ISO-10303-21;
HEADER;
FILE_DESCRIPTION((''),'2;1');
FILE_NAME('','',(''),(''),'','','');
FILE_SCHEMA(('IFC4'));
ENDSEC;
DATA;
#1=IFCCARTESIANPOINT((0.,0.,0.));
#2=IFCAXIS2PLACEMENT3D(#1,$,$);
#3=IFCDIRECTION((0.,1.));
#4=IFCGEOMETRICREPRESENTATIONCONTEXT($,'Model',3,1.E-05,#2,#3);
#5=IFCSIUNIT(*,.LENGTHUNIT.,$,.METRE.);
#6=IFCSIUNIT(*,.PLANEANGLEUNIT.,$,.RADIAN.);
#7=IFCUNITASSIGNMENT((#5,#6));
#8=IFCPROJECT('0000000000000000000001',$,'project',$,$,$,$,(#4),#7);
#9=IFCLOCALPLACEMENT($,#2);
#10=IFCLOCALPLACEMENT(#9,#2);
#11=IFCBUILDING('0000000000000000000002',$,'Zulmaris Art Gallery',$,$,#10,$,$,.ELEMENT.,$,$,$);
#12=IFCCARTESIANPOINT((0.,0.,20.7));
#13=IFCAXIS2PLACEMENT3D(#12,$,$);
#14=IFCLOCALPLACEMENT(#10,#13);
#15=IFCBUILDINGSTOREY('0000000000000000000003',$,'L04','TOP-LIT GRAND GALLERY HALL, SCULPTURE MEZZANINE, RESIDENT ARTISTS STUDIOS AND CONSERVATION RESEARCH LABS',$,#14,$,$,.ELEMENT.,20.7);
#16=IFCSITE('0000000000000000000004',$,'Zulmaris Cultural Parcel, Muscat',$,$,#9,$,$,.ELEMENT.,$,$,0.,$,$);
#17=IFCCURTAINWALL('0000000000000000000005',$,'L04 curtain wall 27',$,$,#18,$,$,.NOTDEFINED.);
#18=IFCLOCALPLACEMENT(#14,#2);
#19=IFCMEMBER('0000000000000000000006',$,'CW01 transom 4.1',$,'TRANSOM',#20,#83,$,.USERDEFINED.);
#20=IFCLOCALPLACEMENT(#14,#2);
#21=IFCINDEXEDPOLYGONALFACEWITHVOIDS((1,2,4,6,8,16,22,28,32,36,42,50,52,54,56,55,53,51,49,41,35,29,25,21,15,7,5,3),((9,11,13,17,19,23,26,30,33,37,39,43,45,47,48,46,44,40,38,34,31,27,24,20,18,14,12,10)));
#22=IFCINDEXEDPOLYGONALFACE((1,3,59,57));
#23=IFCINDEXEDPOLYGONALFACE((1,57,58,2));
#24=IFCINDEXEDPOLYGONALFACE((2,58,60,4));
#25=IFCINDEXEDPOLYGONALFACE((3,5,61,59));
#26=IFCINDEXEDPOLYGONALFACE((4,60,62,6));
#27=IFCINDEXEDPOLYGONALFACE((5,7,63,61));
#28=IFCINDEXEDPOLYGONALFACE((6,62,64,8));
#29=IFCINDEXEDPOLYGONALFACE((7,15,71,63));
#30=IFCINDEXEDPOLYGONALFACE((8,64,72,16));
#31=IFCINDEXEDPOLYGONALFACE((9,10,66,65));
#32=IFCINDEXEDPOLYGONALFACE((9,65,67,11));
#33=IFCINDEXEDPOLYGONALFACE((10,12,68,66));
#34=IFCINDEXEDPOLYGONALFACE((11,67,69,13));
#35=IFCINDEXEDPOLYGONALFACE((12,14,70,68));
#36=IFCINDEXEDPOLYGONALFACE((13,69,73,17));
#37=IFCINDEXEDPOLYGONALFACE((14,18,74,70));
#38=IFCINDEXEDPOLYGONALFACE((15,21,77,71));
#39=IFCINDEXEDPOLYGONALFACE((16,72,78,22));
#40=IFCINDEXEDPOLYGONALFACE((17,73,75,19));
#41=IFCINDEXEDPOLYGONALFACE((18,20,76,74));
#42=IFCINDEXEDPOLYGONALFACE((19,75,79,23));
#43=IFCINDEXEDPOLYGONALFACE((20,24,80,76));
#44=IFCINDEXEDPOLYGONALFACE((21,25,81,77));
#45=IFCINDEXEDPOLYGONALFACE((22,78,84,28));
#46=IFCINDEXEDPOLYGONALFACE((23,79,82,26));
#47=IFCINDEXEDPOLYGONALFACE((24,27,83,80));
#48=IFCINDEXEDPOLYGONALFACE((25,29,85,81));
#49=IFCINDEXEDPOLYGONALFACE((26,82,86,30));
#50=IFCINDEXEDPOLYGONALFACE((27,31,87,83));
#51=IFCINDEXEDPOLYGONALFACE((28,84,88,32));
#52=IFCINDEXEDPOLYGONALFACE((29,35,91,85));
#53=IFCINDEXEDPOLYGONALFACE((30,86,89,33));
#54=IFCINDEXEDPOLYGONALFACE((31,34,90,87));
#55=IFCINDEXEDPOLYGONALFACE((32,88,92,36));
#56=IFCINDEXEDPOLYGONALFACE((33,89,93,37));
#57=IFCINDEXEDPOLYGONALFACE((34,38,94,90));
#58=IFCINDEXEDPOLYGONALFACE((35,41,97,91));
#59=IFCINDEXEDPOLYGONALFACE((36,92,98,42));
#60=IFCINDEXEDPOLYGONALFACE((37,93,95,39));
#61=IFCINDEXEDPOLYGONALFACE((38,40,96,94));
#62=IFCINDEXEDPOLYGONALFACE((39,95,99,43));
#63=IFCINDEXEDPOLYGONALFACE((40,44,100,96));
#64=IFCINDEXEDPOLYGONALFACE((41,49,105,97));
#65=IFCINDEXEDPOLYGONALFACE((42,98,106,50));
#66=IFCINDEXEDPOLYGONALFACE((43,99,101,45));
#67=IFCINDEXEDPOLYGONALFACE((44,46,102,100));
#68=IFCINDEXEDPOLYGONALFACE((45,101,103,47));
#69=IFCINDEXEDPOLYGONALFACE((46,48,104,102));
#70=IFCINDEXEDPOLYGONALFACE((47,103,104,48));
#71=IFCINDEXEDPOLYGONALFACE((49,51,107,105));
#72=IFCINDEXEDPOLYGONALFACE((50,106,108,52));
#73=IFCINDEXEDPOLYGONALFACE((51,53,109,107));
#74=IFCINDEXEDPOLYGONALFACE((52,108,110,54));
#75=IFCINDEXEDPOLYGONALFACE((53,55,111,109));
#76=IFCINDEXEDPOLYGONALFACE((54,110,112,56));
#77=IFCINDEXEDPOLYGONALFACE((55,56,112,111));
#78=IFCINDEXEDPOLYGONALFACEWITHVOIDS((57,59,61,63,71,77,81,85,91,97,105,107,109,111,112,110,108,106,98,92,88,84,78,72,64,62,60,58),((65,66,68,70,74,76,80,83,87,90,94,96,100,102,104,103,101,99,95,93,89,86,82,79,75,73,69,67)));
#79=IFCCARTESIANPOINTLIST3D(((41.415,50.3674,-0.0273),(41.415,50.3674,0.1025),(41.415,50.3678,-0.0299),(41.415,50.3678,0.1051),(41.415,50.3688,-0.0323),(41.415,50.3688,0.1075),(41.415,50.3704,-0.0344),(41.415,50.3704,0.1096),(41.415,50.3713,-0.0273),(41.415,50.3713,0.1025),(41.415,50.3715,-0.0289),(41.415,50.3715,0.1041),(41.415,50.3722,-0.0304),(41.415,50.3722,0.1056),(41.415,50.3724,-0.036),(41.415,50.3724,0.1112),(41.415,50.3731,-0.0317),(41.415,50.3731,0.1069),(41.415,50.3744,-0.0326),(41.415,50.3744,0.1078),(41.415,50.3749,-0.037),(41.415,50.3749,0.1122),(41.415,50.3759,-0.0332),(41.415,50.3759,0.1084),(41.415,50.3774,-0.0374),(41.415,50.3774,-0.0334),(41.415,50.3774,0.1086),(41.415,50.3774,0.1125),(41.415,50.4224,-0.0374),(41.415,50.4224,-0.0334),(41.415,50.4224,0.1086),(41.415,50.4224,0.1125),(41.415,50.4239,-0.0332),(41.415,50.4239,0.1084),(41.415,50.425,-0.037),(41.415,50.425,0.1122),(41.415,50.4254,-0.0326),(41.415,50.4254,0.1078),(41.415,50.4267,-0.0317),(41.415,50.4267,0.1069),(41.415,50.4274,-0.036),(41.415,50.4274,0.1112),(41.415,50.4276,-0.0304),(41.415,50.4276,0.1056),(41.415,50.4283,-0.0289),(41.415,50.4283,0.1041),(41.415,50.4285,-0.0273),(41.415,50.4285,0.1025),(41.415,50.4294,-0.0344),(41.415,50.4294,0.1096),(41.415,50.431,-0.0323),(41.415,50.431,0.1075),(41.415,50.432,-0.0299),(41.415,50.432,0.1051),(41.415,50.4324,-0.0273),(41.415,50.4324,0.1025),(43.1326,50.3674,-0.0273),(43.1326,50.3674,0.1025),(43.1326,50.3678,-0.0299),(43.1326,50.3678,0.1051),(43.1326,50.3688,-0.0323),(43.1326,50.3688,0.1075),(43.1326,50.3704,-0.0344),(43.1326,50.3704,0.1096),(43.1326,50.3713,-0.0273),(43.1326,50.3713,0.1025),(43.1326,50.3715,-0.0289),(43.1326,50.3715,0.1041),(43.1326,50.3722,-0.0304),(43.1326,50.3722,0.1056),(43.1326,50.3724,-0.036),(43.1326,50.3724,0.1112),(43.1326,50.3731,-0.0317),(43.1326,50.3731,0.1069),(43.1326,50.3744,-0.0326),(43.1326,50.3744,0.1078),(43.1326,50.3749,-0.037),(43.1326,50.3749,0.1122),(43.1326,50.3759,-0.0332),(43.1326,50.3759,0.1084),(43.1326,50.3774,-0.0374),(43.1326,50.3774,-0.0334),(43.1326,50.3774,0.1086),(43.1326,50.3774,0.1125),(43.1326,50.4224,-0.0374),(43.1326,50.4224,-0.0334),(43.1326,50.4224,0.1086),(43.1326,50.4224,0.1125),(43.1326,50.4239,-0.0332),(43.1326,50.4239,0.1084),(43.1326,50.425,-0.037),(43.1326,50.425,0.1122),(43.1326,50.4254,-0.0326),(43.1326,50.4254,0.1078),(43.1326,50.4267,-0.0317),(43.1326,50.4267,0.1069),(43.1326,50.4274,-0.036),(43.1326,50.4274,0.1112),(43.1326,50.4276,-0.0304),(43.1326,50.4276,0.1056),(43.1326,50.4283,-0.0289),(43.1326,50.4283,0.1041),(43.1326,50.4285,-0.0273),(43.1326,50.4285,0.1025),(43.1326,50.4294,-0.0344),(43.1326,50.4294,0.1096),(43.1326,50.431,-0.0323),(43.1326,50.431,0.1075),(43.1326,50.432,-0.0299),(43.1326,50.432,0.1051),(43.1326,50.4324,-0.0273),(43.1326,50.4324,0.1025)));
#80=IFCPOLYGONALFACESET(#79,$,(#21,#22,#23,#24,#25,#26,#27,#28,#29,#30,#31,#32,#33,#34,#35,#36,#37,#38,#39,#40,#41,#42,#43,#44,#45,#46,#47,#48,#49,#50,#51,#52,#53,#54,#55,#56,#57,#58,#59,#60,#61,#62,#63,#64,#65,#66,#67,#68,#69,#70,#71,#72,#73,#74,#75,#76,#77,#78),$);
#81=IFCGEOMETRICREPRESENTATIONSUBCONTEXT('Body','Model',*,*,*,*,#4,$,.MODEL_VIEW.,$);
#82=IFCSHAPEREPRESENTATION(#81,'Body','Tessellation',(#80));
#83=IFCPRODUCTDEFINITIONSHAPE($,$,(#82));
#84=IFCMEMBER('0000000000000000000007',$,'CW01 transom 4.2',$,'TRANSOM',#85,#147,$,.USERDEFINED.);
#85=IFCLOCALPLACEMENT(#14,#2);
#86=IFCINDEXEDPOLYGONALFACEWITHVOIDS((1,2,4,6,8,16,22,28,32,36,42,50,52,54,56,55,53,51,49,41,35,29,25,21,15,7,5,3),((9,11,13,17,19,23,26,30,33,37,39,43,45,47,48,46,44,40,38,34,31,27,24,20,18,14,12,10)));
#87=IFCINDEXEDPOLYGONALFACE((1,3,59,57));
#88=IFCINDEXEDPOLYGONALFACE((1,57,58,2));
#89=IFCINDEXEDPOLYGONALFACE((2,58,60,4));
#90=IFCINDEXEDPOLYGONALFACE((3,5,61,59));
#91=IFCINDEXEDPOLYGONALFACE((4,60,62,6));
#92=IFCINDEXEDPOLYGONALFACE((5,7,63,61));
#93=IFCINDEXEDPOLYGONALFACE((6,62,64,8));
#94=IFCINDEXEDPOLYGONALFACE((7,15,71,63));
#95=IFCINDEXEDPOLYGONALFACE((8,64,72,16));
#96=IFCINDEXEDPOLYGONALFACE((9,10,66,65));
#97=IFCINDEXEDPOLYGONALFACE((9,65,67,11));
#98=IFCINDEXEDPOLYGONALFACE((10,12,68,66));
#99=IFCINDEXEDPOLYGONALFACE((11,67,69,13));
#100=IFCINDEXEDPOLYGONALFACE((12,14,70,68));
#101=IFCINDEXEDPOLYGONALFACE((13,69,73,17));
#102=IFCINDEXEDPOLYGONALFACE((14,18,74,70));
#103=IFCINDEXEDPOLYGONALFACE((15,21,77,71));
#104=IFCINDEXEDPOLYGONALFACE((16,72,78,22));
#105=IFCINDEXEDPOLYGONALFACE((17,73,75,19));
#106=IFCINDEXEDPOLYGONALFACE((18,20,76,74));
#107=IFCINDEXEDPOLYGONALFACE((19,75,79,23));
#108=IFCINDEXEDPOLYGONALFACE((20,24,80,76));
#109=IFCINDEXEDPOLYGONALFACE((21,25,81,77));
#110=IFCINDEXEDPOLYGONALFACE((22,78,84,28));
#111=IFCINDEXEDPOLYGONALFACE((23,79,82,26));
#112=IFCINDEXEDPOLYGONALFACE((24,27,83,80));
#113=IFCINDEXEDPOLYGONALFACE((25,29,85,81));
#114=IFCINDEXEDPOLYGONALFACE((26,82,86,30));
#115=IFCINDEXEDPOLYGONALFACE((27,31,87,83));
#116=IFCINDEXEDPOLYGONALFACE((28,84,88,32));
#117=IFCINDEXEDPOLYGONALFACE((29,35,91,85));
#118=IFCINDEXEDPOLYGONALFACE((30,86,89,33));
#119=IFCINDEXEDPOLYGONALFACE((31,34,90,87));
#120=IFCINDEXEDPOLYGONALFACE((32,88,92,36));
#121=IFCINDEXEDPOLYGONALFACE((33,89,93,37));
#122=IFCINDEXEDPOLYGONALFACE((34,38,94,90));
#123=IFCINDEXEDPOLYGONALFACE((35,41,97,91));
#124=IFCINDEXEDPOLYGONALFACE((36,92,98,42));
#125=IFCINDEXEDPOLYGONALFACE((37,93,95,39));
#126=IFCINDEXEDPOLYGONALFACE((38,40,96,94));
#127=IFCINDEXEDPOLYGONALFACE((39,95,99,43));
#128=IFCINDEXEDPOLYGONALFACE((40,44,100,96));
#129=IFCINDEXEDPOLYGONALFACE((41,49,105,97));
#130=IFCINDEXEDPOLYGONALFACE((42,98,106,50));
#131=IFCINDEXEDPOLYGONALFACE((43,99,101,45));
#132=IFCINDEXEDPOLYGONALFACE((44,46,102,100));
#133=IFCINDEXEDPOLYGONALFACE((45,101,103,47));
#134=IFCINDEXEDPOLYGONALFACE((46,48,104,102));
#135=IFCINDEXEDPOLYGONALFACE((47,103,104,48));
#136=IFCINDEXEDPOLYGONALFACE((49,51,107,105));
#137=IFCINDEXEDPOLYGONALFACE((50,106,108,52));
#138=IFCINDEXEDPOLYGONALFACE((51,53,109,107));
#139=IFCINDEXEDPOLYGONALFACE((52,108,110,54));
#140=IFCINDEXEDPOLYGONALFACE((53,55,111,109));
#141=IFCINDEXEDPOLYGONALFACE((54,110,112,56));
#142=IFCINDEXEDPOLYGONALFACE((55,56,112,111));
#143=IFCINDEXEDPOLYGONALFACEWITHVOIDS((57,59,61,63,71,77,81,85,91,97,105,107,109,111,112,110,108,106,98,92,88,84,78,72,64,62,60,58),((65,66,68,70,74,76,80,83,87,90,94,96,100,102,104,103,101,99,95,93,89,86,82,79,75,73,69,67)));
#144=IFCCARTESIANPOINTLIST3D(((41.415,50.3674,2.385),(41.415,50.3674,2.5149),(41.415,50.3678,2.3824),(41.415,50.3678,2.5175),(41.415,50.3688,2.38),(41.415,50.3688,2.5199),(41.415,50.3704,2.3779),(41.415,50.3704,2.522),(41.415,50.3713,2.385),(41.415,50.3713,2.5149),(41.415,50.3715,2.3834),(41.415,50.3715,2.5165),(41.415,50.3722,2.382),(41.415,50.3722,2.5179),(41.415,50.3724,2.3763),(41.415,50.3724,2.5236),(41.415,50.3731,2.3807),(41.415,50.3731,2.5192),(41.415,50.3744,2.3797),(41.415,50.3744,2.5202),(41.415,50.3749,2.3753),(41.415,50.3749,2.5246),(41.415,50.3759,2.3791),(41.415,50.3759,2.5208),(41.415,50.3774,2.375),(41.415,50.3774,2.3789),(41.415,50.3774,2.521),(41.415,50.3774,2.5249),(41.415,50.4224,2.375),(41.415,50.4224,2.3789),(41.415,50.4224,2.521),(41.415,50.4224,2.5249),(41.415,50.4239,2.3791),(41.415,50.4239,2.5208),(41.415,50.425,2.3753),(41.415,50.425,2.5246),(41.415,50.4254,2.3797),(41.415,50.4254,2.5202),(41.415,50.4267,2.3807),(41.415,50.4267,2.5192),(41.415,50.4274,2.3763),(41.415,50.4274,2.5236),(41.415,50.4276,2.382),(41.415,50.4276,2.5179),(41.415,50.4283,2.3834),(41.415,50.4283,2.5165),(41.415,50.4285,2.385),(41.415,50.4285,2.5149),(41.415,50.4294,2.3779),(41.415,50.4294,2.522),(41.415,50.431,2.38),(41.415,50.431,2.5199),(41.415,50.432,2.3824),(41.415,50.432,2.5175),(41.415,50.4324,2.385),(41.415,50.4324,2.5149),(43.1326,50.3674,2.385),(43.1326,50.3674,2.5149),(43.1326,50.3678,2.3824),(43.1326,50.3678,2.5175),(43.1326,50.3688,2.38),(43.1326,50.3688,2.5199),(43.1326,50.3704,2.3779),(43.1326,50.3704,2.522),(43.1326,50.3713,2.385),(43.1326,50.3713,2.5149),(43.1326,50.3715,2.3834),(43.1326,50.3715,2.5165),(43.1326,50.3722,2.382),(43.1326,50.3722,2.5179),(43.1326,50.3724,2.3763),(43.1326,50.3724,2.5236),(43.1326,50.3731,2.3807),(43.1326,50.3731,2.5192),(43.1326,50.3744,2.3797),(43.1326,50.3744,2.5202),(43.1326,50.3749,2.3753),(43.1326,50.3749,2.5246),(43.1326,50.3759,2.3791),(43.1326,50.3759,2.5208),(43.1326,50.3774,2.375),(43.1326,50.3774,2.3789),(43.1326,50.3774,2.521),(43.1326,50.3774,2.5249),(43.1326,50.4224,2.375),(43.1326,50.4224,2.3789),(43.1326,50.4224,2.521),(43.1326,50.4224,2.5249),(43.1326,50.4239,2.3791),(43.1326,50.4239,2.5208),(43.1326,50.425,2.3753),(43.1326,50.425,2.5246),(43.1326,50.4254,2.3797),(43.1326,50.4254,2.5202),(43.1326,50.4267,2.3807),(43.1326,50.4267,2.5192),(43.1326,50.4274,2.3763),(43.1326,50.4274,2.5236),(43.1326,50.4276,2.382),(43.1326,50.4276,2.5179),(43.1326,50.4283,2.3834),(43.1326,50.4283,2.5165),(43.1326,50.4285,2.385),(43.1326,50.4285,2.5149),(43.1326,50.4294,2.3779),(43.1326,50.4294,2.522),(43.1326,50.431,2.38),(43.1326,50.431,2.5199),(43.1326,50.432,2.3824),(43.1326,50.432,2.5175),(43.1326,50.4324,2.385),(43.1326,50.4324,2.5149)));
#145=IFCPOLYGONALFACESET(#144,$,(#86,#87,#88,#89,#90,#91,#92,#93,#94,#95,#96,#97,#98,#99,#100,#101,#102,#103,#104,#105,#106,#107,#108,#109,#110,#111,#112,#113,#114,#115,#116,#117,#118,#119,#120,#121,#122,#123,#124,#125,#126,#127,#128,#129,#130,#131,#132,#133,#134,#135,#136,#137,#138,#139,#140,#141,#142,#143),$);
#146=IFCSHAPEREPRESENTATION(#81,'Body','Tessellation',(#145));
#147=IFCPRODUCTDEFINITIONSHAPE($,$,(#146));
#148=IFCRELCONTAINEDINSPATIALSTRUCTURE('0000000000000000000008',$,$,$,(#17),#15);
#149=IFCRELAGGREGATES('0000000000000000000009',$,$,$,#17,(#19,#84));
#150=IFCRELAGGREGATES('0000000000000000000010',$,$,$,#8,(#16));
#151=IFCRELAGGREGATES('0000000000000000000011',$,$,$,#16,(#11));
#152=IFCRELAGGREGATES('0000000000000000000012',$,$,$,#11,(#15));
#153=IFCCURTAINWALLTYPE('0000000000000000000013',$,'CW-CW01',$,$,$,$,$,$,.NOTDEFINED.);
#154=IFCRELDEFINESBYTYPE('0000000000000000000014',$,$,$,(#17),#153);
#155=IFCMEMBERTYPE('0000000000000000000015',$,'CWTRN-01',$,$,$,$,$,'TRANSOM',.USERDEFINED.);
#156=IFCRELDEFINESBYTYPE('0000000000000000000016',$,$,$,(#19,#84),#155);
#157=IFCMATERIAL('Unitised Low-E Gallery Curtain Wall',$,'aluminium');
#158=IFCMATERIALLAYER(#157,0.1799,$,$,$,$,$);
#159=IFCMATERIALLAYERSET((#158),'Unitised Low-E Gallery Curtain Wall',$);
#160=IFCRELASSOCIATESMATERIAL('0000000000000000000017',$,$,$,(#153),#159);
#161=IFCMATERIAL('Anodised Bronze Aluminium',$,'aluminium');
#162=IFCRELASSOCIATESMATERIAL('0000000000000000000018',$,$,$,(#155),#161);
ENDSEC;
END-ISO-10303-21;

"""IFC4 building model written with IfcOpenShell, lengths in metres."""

from ifc_helpers import new_model, si_unit, direction, frame, origin, origin_2d, place, context, subcontext, project, spatial, hollow_rectangle, extrude, material, layer, layer_set, material_profile, profile_set, type_object, element, aggregate, save


model = new_model("IFC4")

# Units and contexts
model_context = context("Model", 3, precision=1e-05, world=origin(), true_north=direction((0.0, 1.0)))
body_context = subcontext(model_context, "Body", "Model", "MODEL_VIEW")
ifc_project = project(units=[si_unit("LENGTHUNIT", "METRE"), si_unit("PLANEANGLEUNIT", "RADIAN")], contexts=[model_context])

# Site, building, storey
site_placement = place(None, origin())
site = spatial("IfcSite", under=ifc_project, at=site_placement, Name="Zulmaris Cultural Parcel, Muscat", CompositionType="ELEMENT", RefElevation=0.0)
building_placement = place(site_placement, origin())
building = spatial("IfcBuilding", under=site, at=building_placement, Name="Zulmaris Art Gallery", CompositionType="ELEMENT")
storey_placement = place(building_placement, frame((0.0, 0.0, 20.7)))
storey = spatial("IfcBuildingStorey", under=building, at=storey_placement, Name="L04", Description="TOP-LIT GRAND GALLERY HALL, SCULPTURE MEZZANINE, RESIDENT ARTISTS STUDIOS AND CONSERVATION RESEARCH LABS", CompositionType="ELEMENT", Elevation=20.7)

# Shared definitions
ifc_material_1 = material(Name="Unitised Low-E Gallery Curtain Wall", Category="aluminium")
ifc_layer_1 = layer(ifc_material_1, 0.1799)
ifc_layer_set_1 = layer_set([ifc_layer_1], Name="Unitised Low-E Gallery Curtain Wall")
curtain_wall_type = type_object("IfcCurtainWallType", Name="CW-CW01", PredefinedType="NOTDEFINED", material=ifc_layer_set_1)
ifc_material_2 = material(Name="Anodised Bronze Aluminium", Category="aluminium")

# Curtain wall, members
curtain_wall_1_placement = place(storey_placement, origin())
curtain_wall_1 = element("IfcCurtainWall", 1, at=curtain_wall_1_placement, inside=storey, type_object=curtain_wall_type, Name="L04 curtain wall 27", PredefinedType="NOTDEFINED")
ifc_material_profile_1 = material_profile(ifc_material_2, hollow_rectangle(XDim=0.0649, YDim=0.1499, WallThickness=0.0039, InnerFilletRadius=0.0061, OuterFilletRadius=0.01, at=origin_2d()), Name="ALU 65x150x4")
ifc_profile_set_1 = profile_set([ifc_material_profile_1], Name="Anodised Bronze Aluminium")
member_type_1 = type_object("IfcMemberType", Name="CWTRN-01", ElementType="TRANSOM", PredefinedType="USERDEFINED", material=ifc_profile_set_1)
member_1_placement = place(storey_placement, frame((43.1326, 50.3999, 0.0376), z_axis=(-1.0, 0.0, 0.0), x_axis=(0.0, -1.0, 0.0)))
member_1 = element("IfcMember", 2, at=member_1_placement, type_object=member_type_1, Name="CW01 transom 4.1", ObjectType="TRANSOM", PredefinedType="USERDEFINED", context=body_context, shape_type="SweptSolid", body=[
    extrude(hollow_rectangle(XDim=0.0649, YDim=0.1499, WallThickness=0.0039, InnerFilletRadius=0.0061, OuterFilletRadius=0.01, at=origin_2d()), origin(), (0.0, 0.0, 1.0), 1.7175),
])
member_2_placement = place(storey_placement, frame((43.1326, 50.3999, 2.45), z_axis=(-1.0, 0.0, 0.0), x_axis=(0.0, -1.0, 0.0)))
member_2 = element("IfcMember", 3, at=member_2_placement, type_object=member_type_1, Name="CW01 transom 4.2", ObjectType="TRANSOM", PredefinedType="USERDEFINED", context=body_context, shape_type="SweptSolid", body=[
    extrude(hollow_rectangle(XDim=0.0649, YDim=0.1499, WallThickness=0.0039, InnerFilletRadius=0.0061, OuterFilletRadius=0.01, at=origin_2d()), origin(), (0.0, 0.0, 1.0), 1.7175),
])
aggregate(curtain_wall_1, [member_1, member_2])

save(model, "model.ifc")
